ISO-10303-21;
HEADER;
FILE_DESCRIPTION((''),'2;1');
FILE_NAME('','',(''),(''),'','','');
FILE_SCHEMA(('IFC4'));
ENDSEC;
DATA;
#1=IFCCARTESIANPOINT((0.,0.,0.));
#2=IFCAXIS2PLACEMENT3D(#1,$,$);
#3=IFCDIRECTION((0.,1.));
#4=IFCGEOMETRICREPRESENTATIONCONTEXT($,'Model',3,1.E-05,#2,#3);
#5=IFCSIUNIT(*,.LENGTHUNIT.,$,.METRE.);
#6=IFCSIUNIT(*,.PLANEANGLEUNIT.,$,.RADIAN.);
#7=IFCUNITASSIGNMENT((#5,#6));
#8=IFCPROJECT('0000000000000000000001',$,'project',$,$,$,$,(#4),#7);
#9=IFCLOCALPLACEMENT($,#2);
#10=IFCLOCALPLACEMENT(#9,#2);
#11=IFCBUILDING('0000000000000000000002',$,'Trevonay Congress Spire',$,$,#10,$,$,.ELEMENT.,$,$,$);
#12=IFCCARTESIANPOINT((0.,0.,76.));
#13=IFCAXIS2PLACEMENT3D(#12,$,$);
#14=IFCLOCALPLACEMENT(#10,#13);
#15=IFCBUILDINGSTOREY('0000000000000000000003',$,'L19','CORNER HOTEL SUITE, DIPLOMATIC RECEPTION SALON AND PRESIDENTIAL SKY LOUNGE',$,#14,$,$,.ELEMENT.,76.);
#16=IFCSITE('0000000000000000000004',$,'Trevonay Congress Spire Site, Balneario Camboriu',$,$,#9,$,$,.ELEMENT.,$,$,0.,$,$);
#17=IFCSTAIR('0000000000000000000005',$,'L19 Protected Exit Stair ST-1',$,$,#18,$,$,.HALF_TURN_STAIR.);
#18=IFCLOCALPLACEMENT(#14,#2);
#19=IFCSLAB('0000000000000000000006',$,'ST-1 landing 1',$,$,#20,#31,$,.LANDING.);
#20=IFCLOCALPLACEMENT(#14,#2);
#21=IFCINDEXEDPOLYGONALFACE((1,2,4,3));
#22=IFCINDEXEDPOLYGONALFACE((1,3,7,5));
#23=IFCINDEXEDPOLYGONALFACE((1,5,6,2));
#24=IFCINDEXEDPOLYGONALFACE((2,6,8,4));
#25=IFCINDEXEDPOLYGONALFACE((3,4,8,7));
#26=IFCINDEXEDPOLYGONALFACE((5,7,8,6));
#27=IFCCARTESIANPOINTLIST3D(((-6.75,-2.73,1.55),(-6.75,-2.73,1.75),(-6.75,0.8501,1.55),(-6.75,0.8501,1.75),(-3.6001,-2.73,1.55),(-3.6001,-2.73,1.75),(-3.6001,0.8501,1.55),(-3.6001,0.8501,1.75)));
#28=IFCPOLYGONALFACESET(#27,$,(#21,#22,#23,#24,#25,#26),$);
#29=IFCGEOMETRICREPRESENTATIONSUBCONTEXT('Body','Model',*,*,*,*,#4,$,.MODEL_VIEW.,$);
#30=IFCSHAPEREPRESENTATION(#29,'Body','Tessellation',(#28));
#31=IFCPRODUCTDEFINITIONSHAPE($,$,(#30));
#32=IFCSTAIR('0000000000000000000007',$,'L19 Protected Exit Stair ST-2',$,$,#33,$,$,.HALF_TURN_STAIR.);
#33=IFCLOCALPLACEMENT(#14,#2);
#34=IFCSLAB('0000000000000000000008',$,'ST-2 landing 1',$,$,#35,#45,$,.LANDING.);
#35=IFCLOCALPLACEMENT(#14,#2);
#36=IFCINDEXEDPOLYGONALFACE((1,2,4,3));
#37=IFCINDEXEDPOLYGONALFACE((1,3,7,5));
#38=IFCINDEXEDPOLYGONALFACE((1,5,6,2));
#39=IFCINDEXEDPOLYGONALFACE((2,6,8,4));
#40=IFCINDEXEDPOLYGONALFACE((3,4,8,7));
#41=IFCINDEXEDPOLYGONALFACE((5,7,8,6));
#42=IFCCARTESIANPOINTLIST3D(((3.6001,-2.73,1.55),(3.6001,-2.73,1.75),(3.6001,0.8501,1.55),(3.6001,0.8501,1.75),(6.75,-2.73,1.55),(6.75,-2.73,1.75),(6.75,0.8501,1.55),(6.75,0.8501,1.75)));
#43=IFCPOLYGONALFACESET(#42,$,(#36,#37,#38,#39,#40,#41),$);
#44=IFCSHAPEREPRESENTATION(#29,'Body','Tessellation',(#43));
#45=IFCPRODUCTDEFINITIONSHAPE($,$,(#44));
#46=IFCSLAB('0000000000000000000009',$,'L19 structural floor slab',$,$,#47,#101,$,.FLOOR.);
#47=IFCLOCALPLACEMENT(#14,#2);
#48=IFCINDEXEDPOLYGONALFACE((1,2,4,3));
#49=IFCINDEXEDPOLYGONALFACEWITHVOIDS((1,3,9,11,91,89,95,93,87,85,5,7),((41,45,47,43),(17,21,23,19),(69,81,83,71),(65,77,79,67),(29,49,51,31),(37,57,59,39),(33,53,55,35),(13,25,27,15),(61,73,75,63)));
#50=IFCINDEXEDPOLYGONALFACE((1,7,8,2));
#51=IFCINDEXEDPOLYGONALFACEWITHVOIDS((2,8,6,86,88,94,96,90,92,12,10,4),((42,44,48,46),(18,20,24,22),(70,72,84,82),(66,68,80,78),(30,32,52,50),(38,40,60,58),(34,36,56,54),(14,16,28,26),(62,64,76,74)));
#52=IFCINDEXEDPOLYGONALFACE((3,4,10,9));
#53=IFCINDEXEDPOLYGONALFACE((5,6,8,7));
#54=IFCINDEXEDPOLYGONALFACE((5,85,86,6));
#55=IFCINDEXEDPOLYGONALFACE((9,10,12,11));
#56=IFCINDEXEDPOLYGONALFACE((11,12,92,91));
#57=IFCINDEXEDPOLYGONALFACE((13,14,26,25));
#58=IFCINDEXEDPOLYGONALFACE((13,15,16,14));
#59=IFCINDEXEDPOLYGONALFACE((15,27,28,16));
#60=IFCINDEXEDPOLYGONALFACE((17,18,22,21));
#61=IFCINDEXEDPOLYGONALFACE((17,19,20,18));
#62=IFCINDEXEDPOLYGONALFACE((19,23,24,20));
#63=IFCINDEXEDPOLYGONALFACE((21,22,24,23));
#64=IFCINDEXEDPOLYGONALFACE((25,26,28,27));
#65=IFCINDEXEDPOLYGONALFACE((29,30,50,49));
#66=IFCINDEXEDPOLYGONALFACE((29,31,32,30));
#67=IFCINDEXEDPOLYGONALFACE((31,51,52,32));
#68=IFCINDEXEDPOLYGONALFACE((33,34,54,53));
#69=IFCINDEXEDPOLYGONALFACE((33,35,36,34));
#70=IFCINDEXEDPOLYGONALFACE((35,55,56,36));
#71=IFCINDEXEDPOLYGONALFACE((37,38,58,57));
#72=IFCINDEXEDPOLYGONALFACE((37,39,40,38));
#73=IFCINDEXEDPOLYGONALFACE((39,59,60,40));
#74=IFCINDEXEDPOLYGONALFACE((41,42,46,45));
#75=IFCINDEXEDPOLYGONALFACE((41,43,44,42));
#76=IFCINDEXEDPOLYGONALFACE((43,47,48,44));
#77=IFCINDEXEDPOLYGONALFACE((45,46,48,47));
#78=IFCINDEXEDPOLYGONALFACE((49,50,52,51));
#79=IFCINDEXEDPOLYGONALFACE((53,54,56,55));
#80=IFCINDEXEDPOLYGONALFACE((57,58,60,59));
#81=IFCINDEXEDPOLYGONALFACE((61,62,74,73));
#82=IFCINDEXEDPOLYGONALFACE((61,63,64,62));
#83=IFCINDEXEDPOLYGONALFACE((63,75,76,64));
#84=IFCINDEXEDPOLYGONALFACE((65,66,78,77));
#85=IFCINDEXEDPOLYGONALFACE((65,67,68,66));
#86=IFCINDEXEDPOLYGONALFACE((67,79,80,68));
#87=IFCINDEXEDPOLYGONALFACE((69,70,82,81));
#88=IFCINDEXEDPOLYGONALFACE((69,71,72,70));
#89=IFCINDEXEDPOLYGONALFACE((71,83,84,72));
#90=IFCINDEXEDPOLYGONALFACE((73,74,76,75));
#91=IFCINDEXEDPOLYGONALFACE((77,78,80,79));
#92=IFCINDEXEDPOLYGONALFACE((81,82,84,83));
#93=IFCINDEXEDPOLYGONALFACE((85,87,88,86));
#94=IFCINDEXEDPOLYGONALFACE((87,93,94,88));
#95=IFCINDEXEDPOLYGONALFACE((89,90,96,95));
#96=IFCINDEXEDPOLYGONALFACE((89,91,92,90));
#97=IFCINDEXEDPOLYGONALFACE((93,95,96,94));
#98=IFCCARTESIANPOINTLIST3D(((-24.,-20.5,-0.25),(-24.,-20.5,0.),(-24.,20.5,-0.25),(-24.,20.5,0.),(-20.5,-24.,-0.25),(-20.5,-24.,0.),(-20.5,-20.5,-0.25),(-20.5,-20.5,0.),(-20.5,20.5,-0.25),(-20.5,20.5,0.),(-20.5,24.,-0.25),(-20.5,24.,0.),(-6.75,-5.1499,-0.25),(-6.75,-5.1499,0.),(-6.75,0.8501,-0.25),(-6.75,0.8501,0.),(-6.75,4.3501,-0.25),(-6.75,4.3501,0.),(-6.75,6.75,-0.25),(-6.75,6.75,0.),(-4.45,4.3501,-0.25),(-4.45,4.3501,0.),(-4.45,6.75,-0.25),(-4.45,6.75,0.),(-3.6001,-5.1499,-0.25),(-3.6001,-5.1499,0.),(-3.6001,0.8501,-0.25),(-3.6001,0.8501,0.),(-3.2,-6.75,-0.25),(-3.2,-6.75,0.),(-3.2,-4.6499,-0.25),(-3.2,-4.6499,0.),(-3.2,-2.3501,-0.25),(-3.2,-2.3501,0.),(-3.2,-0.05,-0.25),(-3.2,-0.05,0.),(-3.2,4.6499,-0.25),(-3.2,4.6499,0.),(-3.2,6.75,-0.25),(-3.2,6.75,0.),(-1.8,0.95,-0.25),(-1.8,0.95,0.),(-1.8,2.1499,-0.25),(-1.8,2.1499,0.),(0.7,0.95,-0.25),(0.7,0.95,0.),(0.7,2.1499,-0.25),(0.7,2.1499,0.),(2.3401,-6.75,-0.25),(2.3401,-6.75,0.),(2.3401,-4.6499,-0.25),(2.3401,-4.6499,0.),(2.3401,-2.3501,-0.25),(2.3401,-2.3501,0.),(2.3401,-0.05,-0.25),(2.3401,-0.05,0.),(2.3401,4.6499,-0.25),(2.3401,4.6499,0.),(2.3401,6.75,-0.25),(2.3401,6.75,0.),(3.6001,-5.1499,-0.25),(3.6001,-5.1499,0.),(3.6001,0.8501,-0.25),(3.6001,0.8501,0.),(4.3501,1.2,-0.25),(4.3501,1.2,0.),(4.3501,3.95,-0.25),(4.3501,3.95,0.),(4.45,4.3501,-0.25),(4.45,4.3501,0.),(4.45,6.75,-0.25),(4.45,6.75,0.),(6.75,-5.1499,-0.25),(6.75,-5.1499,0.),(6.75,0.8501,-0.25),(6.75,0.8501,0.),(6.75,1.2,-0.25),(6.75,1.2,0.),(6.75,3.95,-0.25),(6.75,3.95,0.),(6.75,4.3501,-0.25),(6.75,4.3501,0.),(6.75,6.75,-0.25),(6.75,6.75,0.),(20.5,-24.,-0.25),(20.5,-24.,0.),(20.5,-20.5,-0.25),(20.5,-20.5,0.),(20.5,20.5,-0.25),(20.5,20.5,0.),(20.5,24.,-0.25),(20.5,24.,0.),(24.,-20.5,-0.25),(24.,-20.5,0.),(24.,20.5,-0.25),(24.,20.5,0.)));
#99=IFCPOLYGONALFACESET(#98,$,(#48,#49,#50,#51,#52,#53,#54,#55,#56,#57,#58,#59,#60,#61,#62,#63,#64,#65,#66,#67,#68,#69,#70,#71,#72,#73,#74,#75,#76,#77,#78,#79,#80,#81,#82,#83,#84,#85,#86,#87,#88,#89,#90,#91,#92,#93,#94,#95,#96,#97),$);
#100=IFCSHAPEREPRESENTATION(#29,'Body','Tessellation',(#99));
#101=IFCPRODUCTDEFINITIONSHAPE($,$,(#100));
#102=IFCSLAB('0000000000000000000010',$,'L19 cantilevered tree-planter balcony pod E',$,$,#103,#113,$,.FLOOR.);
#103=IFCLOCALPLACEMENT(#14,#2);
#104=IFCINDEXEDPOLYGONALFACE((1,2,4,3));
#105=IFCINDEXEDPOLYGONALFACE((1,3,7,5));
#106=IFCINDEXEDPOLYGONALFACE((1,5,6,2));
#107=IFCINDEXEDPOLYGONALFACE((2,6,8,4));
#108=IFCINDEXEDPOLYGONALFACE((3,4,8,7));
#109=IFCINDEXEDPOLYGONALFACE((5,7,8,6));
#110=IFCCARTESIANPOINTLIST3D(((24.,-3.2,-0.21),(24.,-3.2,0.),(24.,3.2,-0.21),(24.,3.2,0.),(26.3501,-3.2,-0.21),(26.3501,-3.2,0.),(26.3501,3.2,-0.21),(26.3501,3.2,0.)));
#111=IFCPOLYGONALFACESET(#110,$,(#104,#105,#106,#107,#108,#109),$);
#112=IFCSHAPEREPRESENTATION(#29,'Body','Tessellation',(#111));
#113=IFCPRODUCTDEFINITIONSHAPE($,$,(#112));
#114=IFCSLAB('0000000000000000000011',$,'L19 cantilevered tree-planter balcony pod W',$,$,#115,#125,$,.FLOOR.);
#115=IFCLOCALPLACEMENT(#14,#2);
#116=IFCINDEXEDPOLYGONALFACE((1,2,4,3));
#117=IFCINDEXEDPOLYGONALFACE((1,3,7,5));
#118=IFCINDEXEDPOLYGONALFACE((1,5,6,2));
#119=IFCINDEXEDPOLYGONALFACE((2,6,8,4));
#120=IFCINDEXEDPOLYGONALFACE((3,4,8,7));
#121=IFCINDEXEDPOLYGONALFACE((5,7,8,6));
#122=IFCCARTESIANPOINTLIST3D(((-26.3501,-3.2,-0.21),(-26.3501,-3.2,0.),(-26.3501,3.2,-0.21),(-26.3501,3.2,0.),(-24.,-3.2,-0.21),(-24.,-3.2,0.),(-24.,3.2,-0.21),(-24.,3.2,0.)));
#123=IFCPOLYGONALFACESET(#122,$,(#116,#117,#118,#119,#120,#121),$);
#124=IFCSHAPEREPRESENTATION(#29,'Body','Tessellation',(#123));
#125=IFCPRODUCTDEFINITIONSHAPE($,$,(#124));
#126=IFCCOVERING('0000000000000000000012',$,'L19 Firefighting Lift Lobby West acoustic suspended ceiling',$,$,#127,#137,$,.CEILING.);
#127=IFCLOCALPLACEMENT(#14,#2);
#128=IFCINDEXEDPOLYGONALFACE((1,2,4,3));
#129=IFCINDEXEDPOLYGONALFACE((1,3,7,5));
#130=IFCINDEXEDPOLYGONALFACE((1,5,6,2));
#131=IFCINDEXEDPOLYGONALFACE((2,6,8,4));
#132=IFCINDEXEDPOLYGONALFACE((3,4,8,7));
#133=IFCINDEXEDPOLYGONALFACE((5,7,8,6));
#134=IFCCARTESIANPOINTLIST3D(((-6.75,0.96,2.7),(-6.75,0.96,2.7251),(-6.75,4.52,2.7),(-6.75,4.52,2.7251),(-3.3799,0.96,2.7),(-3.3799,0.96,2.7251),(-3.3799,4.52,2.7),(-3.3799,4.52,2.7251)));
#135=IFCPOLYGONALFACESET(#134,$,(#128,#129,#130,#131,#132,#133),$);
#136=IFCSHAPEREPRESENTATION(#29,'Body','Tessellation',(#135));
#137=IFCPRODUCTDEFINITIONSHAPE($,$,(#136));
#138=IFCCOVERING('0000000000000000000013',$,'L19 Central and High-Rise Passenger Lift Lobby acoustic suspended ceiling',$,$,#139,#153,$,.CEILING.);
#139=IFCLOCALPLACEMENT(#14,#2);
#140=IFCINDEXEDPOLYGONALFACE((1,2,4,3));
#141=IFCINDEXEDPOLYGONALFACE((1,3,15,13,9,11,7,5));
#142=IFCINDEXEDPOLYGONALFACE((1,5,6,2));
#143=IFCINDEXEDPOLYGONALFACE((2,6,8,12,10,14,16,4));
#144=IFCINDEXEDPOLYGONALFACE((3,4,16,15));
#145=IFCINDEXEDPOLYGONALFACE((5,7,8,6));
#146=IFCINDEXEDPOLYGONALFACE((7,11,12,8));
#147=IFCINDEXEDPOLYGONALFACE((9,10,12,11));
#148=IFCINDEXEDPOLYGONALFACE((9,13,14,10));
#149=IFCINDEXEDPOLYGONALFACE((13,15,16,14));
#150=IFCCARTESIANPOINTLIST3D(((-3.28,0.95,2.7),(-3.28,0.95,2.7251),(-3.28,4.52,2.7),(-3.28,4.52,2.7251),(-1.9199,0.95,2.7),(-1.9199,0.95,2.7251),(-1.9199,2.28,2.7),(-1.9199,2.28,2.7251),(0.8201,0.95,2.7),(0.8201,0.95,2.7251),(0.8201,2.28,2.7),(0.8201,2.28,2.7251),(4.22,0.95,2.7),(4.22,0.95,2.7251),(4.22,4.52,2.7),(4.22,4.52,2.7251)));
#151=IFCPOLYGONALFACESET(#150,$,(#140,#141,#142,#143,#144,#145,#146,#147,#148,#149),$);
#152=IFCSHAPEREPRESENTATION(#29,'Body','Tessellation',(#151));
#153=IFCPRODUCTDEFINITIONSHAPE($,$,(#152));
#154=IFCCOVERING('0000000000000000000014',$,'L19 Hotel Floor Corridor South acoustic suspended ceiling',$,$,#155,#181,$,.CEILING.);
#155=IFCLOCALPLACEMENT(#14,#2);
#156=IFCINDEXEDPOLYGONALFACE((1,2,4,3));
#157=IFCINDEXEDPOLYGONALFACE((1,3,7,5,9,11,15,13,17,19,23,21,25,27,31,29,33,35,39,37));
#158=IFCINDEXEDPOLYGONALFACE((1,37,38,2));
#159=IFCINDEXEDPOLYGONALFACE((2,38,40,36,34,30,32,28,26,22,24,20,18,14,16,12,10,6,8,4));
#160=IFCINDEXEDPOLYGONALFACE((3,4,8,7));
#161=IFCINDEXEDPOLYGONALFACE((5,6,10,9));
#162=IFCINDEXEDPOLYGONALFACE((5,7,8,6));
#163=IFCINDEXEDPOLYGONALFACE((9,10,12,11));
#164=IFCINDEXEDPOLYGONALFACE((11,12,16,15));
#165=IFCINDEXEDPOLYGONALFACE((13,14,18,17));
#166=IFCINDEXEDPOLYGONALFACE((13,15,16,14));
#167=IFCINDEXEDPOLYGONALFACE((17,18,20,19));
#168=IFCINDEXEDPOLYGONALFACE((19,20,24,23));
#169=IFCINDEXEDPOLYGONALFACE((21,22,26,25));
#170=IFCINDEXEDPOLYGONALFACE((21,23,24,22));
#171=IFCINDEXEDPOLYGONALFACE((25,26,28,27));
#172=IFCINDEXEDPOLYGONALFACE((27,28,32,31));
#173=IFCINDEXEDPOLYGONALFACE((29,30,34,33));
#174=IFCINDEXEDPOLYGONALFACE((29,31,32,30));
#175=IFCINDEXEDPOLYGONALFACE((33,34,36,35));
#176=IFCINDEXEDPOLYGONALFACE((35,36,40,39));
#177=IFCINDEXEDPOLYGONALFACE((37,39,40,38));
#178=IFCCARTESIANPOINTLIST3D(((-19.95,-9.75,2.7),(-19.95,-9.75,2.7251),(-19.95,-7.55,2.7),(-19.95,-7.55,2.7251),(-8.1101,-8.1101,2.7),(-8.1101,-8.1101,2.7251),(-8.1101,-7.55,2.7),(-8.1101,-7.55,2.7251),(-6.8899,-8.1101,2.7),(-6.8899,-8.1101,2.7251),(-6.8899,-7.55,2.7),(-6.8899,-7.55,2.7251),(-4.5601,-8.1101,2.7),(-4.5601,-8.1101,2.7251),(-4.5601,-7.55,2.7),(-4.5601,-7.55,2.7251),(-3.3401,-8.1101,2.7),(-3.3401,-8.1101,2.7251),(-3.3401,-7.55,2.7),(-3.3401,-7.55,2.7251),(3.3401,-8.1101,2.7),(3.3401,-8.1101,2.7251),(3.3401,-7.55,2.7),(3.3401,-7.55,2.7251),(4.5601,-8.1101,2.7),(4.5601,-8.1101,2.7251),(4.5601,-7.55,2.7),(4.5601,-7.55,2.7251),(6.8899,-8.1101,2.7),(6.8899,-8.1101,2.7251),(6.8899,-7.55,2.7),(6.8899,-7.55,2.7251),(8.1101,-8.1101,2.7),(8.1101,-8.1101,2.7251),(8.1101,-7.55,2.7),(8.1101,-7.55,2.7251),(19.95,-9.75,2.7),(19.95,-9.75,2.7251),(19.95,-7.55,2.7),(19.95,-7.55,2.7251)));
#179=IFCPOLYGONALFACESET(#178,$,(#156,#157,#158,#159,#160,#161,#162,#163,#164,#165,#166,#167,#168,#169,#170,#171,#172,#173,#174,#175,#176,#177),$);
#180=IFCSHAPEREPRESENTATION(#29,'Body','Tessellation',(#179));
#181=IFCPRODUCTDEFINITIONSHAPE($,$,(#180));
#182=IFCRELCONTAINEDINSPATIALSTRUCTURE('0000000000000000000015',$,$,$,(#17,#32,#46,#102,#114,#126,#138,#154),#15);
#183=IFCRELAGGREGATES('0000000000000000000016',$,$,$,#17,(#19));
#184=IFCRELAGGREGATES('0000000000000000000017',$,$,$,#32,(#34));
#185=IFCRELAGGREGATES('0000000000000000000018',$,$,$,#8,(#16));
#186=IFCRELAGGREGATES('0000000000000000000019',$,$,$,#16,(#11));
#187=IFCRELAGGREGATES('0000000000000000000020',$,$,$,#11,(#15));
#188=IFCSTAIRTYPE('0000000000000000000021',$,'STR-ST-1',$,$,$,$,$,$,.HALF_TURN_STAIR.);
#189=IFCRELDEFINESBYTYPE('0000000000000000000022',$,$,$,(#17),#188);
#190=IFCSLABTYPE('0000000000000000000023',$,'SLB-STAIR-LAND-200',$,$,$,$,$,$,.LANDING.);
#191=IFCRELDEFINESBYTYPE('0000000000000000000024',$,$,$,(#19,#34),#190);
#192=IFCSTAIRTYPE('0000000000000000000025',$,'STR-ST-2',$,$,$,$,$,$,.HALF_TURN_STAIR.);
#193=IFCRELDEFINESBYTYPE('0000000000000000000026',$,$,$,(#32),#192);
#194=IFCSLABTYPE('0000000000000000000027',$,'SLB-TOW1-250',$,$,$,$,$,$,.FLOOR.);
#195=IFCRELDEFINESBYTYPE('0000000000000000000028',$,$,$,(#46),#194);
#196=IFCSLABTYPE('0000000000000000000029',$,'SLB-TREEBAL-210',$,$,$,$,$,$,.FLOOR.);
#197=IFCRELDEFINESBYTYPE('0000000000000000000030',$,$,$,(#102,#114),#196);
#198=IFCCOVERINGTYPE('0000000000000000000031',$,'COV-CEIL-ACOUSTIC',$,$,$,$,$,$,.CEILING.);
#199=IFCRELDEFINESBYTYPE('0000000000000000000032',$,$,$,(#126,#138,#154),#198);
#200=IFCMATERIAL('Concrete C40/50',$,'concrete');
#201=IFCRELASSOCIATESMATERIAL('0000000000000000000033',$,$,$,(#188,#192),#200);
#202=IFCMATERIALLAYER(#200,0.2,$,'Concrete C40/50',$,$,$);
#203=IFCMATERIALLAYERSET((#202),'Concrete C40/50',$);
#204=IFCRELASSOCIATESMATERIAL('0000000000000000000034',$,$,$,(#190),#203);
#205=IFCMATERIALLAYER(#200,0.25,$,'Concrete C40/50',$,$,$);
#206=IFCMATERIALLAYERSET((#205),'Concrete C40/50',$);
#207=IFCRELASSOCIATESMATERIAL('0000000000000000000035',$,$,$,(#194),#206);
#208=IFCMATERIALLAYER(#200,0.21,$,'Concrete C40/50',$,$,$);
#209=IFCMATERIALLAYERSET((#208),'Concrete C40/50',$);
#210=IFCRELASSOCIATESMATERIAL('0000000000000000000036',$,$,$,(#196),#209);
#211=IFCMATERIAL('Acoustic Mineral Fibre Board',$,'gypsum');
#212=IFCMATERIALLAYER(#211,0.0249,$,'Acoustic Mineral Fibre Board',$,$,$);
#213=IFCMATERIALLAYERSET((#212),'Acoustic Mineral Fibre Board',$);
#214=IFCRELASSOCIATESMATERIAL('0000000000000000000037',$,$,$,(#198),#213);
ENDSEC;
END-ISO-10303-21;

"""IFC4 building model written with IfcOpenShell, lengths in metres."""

from ifc_helpers import new_model, si_unit, direction, frame, origin, place, context, subcontext, project, spatial, polyline, outline, extrude, material, layer, layer_set, type_object, element, aggregate, save


model = new_model("IFC4")

# Units and contexts
model_context = context("Model", 3, precision=1e-05, world=origin(), true_north=direction((0.0, 1.0)))
body_context = subcontext(model_context, "Body", "Model", "MODEL_VIEW")
ifc_project = project(units=[si_unit("LENGTHUNIT", "METRE"), si_unit("PLANEANGLEUNIT", "RADIAN")], contexts=[model_context])

# Site, building, storey
site_placement = place(None, origin())
site = spatial("IfcSite", under=ifc_project, at=site_placement, Name="Trevonay Congress Spire Site, Balneario Camboriu", CompositionType="ELEMENT", RefElevation=0.0)
building_placement = place(site_placement, origin())
building = spatial("IfcBuilding", under=site, at=building_placement, Name="Trevonay Congress Spire", CompositionType="ELEMENT")
storey_placement = place(building_placement, frame((0.0, 0.0, 76.0)))
storey = spatial("IfcBuildingStorey", under=building, at=storey_placement, Name="L19", Description="CORNER HOTEL SUITE, DIPLOMATIC RECEPTION SALON AND PRESIDENTIAL SKY LOUNGE", CompositionType="ELEMENT", Elevation=76.0)

# Stairs, slabs
ifc_material_1 = material(Name="Concrete C40/50", Category="concrete")
stair_type_1 = type_object("IfcStairType", Name="STR-ST-1", PredefinedType="HALF_TURN_STAIR", material=ifc_material_1)
stair_1_placement = place(storey_placement, origin())
stair_1 = element("IfcStair", 1, at=stair_1_placement, inside=storey, type_object=stair_type_1, Name="L19 Protected Exit Stair ST-1", PredefinedType="HALF_TURN_STAIR")
ifc_layer_1 = layer(ifc_material_1, 0.2, Name="Concrete C40/50")
ifc_layer_set_1 = layer_set([ifc_layer_1], Name="Concrete C40/50")
slab_type_1 = type_object("IfcSlabType", Name="SLB-STAIR-LAND-200", PredefinedType="LANDING", material=ifc_layer_set_1)
slab_1_placement = place(storey_placement, frame((0.0, 0.0, 1.55)))
slab_1 = element("IfcSlab", 2, at=slab_1_placement, type_object=slab_type_1, Name="ST-1 landing 1", PredefinedType="LANDING", context=body_context, shape_type="SweptSolid", body=[
    extrude(outline(polyline([(-3.6001, -2.73), (-3.6001, 0.8501), (-6.75, 0.8501), (-6.75, -2.73), (-3.6001, -2.73)])), origin(), (0.0, 0.0, 1.0), 0.2),
])
aggregate(stair_1, [slab_1])
stair_type_2 = type_object("IfcStairType", Name="STR-ST-2", PredefinedType="HALF_TURN_STAIR", material=ifc_material_1)
stair_2_placement = place(storey_placement, origin())
stair_2 = element("IfcStair", 3, at=stair_2_placement, inside=storey, type_object=stair_type_2, Name="L19 Protected Exit Stair ST-2", PredefinedType="HALF_TURN_STAIR")
slab_2_placement = place(storey_placement, frame((0.0, 0.0, 1.55)))
slab_2 = element("IfcSlab", 4, at=slab_2_placement, type_object=slab_type_1, Name="ST-2 landing 1", PredefinedType="LANDING", context=body_context, shape_type="SweptSolid", body=[
    extrude(outline(polyline([(6.75, -2.73), (6.75, 0.8501), (3.6001, 0.8501), (3.6001, -2.73), (6.75, -2.73)])), origin(), (0.0, 0.0, 1.0), 0.2),
])
aggregate(stair_2, [slab_2])

# Slabs
ifc_layer_2 = layer(ifc_material_1, 0.25, Name="Concrete C40/50")
ifc_layer_set_2 = layer_set([ifc_layer_2], Name="Concrete C40/50")
slab_type_2 = type_object("IfcSlabType", Name="SLB-TOW1-250", PredefinedType="FLOOR", material=ifc_layer_set_2)
slab_3_placement = place(storey_placement, frame((0.0, 0.0, -0.25)))
element("IfcSlab", 5, at=slab_3_placement, inside=storey, type_object=slab_type_2, Name="L19 structural floor slab", PredefinedType="FLOOR", context=body_context, shape_type="SweptSolid", body=[
    extrude(outline(polyline([(-20.5, -24.0), (20.5, -24.0), (20.5, -20.5), (24.0, -20.5), (24.0, 20.5), (20.5, 20.5), (20.5, 24.0), (-20.5, 24.0), (-20.5, 20.5), (-24.0, 20.5), (-24.0, -20.5), (-20.5, -20.5), (-20.5, -24.0)]), holes=[polyline([(-3.6001, -5.1499), (-3.6001, 0.8501), (-6.75, 0.8501), (-6.75, -5.1499), (-3.6001, -5.1499)]), polyline([(6.75, -5.1499), (6.75, 0.8501), (3.6001, 0.8501), (3.6001, -5.1499), (6.75, -5.1499)]), polyline([(-3.2, -6.75), (2.3401, -6.75), (2.3401, -4.6499), (-3.2, -4.6499), (-3.2, -6.75)]), polyline([(-3.2, -2.3501), (2.3401, -2.3501), (2.3401, -0.05), (-3.2, -0.05), (-3.2, -2.3501)]), polyline([(-3.2, 4.6499), (2.3401, 4.6499), (2.3401, 6.75), (-3.2, 6.75), (-3.2, 4.6499)]), polyline([(-6.75, 4.3501), (-4.45, 4.3501), (-4.45, 6.75), (-6.75, 6.75), (-6.75, 4.3501)]), polyline([(4.45, 4.3501), (6.75, 4.3501), (6.75, 6.75), (4.45, 6.75), (4.45, 4.3501)]), polyline([(4.3501, 1.2), (6.75, 1.2), (6.75, 3.95), (4.3501, 3.95), (4.3501, 1.2)]), polyline([(-1.8, 0.95), (0.7, 0.95), (0.7, 2.1499), (-1.8, 2.1499), (-1.8, 0.95)])]), origin(), (0.0, 0.0, 1.0), 0.25),
])
ifc_layer_3 = layer(ifc_material_1, 0.21, Name="Concrete C40/50")
ifc_layer_set_3 = layer_set([ifc_layer_3], Name="Concrete C40/50")
slab_type_3 = type_object("IfcSlabType", Name="SLB-TREEBAL-210", PredefinedType="FLOOR", material=ifc_layer_set_3)
slab_4_placement = place(storey_placement, frame((0.0, 0.0, -0.21)))
element("IfcSlab", 6, at=slab_4_placement, inside=storey, type_object=slab_type_3, Name="L19 cantilevered tree-planter balcony pod E", PredefinedType="FLOOR", context=body_context, shape_type="SweptSolid", body=[
    extrude(outline(polyline([(24.0, -3.2), (26.3501, -3.2), (26.3501, 3.2), (24.0, 3.2), (24.0, -3.2)])), origin(), (0.0, 0.0, 1.0), 0.21),
])
slab_5_placement = place(storey_placement, frame((0.0, 0.0, -0.21)))
element("IfcSlab", 7, at=slab_5_placement, inside=storey, type_object=slab_type_3, Name="L19 cantilevered tree-planter balcony pod W", PredefinedType="FLOOR", context=body_context, shape_type="SweptSolid", body=[
    extrude(outline(polyline([(-26.3501, -3.2), (-24.0, -3.2), (-24.0, 3.2), (-26.3501, 3.2), (-26.3501, -3.2)])), origin(), (0.0, 0.0, 1.0), 0.21),
])

# Coverings
ifc_material_2 = material(Name="Acoustic Mineral Fibre Board", Category="gypsum")
ifc_layer_4 = layer(ifc_material_2, 0.0249, Name="Acoustic Mineral Fibre Board")
ifc_layer_set_4 = layer_set([ifc_layer_4], Name="Acoustic Mineral Fibre Board")
covering_type_1 = type_object("IfcCoveringType", Name="COV-CEIL-ACOUSTIC", PredefinedType="CEILING", material=ifc_layer_set_4)
covering_1_placement = place(storey_placement, frame((0.0, 0.0, 2.7)))
element("IfcCovering", 8, at=covering_1_placement, inside=storey, type_object=covering_type_1, Name="L19 Firefighting Lift Lobby West acoustic suspended ceiling", PredefinedType="CEILING", context=body_context, shape_type="SweptSolid", body=[
    extrude(outline(polyline([(-6.75, 0.96), (-3.3799, 0.96), (-3.3799, 4.52), (-6.75, 4.52), (-6.75, 0.96)])), origin(), (0.0, 0.0, 1.0), 0.0251),
])
covering_2_placement = place(storey_placement, frame((0.0, 0.0, 2.7)))
element("IfcCovering", 9, at=covering_2_placement, inside=storey, type_object=covering_type_1, Name="L19 Central and High-Rise Passenger Lift Lobby acoustic suspended ceiling", PredefinedType="CEILING", context=body_context, shape_type="SweptSolid", body=[
    extrude(outline(polyline([(-3.28, 0.95), (-1.9199, 0.95), (-1.9199, 2.28), (0.8201, 2.28), (0.8201, 0.95), (4.22, 0.95), (4.22, 4.52), (-3.28, 4.52), (-3.28, 0.95)])), origin(), (0.0, 0.0, 1.0), 0.0251),
])
covering_3_placement = place(storey_placement, frame((0.0, 0.0, 2.7)))
element("IfcCovering", 10, at=covering_3_placement, inside=storey, type_object=covering_type_1, Name="L19 Hotel Floor Corridor South acoustic suspended ceiling", PredefinedType="CEILING", context=body_context, shape_type="SweptSolid", body=[
    extrude(outline(polyline([(19.95, -7.55), (19.95, -9.75), (-19.95, -9.75), (-19.95, -7.55), (-8.1101, -7.55), (-8.1101, -8.1101), (-6.8899, -8.1101), (-6.8899, -7.55), (-4.5601, -7.55), (-4.5601, -8.1101), (-3.3401, -8.1101), (-3.3401, -7.55), (3.3401, -7.55), (3.3401, -8.1101), (4.5601, -8.1101), (4.5601, -7.55), (6.8899, -7.55), (6.8899, -8.1101), (8.1101, -8.1101), (8.1101, -7.55), (19.95, -7.55)])), origin(), (0.0, 0.0, 1.0), 0.0251),
])

save(model, "model.ifc")
